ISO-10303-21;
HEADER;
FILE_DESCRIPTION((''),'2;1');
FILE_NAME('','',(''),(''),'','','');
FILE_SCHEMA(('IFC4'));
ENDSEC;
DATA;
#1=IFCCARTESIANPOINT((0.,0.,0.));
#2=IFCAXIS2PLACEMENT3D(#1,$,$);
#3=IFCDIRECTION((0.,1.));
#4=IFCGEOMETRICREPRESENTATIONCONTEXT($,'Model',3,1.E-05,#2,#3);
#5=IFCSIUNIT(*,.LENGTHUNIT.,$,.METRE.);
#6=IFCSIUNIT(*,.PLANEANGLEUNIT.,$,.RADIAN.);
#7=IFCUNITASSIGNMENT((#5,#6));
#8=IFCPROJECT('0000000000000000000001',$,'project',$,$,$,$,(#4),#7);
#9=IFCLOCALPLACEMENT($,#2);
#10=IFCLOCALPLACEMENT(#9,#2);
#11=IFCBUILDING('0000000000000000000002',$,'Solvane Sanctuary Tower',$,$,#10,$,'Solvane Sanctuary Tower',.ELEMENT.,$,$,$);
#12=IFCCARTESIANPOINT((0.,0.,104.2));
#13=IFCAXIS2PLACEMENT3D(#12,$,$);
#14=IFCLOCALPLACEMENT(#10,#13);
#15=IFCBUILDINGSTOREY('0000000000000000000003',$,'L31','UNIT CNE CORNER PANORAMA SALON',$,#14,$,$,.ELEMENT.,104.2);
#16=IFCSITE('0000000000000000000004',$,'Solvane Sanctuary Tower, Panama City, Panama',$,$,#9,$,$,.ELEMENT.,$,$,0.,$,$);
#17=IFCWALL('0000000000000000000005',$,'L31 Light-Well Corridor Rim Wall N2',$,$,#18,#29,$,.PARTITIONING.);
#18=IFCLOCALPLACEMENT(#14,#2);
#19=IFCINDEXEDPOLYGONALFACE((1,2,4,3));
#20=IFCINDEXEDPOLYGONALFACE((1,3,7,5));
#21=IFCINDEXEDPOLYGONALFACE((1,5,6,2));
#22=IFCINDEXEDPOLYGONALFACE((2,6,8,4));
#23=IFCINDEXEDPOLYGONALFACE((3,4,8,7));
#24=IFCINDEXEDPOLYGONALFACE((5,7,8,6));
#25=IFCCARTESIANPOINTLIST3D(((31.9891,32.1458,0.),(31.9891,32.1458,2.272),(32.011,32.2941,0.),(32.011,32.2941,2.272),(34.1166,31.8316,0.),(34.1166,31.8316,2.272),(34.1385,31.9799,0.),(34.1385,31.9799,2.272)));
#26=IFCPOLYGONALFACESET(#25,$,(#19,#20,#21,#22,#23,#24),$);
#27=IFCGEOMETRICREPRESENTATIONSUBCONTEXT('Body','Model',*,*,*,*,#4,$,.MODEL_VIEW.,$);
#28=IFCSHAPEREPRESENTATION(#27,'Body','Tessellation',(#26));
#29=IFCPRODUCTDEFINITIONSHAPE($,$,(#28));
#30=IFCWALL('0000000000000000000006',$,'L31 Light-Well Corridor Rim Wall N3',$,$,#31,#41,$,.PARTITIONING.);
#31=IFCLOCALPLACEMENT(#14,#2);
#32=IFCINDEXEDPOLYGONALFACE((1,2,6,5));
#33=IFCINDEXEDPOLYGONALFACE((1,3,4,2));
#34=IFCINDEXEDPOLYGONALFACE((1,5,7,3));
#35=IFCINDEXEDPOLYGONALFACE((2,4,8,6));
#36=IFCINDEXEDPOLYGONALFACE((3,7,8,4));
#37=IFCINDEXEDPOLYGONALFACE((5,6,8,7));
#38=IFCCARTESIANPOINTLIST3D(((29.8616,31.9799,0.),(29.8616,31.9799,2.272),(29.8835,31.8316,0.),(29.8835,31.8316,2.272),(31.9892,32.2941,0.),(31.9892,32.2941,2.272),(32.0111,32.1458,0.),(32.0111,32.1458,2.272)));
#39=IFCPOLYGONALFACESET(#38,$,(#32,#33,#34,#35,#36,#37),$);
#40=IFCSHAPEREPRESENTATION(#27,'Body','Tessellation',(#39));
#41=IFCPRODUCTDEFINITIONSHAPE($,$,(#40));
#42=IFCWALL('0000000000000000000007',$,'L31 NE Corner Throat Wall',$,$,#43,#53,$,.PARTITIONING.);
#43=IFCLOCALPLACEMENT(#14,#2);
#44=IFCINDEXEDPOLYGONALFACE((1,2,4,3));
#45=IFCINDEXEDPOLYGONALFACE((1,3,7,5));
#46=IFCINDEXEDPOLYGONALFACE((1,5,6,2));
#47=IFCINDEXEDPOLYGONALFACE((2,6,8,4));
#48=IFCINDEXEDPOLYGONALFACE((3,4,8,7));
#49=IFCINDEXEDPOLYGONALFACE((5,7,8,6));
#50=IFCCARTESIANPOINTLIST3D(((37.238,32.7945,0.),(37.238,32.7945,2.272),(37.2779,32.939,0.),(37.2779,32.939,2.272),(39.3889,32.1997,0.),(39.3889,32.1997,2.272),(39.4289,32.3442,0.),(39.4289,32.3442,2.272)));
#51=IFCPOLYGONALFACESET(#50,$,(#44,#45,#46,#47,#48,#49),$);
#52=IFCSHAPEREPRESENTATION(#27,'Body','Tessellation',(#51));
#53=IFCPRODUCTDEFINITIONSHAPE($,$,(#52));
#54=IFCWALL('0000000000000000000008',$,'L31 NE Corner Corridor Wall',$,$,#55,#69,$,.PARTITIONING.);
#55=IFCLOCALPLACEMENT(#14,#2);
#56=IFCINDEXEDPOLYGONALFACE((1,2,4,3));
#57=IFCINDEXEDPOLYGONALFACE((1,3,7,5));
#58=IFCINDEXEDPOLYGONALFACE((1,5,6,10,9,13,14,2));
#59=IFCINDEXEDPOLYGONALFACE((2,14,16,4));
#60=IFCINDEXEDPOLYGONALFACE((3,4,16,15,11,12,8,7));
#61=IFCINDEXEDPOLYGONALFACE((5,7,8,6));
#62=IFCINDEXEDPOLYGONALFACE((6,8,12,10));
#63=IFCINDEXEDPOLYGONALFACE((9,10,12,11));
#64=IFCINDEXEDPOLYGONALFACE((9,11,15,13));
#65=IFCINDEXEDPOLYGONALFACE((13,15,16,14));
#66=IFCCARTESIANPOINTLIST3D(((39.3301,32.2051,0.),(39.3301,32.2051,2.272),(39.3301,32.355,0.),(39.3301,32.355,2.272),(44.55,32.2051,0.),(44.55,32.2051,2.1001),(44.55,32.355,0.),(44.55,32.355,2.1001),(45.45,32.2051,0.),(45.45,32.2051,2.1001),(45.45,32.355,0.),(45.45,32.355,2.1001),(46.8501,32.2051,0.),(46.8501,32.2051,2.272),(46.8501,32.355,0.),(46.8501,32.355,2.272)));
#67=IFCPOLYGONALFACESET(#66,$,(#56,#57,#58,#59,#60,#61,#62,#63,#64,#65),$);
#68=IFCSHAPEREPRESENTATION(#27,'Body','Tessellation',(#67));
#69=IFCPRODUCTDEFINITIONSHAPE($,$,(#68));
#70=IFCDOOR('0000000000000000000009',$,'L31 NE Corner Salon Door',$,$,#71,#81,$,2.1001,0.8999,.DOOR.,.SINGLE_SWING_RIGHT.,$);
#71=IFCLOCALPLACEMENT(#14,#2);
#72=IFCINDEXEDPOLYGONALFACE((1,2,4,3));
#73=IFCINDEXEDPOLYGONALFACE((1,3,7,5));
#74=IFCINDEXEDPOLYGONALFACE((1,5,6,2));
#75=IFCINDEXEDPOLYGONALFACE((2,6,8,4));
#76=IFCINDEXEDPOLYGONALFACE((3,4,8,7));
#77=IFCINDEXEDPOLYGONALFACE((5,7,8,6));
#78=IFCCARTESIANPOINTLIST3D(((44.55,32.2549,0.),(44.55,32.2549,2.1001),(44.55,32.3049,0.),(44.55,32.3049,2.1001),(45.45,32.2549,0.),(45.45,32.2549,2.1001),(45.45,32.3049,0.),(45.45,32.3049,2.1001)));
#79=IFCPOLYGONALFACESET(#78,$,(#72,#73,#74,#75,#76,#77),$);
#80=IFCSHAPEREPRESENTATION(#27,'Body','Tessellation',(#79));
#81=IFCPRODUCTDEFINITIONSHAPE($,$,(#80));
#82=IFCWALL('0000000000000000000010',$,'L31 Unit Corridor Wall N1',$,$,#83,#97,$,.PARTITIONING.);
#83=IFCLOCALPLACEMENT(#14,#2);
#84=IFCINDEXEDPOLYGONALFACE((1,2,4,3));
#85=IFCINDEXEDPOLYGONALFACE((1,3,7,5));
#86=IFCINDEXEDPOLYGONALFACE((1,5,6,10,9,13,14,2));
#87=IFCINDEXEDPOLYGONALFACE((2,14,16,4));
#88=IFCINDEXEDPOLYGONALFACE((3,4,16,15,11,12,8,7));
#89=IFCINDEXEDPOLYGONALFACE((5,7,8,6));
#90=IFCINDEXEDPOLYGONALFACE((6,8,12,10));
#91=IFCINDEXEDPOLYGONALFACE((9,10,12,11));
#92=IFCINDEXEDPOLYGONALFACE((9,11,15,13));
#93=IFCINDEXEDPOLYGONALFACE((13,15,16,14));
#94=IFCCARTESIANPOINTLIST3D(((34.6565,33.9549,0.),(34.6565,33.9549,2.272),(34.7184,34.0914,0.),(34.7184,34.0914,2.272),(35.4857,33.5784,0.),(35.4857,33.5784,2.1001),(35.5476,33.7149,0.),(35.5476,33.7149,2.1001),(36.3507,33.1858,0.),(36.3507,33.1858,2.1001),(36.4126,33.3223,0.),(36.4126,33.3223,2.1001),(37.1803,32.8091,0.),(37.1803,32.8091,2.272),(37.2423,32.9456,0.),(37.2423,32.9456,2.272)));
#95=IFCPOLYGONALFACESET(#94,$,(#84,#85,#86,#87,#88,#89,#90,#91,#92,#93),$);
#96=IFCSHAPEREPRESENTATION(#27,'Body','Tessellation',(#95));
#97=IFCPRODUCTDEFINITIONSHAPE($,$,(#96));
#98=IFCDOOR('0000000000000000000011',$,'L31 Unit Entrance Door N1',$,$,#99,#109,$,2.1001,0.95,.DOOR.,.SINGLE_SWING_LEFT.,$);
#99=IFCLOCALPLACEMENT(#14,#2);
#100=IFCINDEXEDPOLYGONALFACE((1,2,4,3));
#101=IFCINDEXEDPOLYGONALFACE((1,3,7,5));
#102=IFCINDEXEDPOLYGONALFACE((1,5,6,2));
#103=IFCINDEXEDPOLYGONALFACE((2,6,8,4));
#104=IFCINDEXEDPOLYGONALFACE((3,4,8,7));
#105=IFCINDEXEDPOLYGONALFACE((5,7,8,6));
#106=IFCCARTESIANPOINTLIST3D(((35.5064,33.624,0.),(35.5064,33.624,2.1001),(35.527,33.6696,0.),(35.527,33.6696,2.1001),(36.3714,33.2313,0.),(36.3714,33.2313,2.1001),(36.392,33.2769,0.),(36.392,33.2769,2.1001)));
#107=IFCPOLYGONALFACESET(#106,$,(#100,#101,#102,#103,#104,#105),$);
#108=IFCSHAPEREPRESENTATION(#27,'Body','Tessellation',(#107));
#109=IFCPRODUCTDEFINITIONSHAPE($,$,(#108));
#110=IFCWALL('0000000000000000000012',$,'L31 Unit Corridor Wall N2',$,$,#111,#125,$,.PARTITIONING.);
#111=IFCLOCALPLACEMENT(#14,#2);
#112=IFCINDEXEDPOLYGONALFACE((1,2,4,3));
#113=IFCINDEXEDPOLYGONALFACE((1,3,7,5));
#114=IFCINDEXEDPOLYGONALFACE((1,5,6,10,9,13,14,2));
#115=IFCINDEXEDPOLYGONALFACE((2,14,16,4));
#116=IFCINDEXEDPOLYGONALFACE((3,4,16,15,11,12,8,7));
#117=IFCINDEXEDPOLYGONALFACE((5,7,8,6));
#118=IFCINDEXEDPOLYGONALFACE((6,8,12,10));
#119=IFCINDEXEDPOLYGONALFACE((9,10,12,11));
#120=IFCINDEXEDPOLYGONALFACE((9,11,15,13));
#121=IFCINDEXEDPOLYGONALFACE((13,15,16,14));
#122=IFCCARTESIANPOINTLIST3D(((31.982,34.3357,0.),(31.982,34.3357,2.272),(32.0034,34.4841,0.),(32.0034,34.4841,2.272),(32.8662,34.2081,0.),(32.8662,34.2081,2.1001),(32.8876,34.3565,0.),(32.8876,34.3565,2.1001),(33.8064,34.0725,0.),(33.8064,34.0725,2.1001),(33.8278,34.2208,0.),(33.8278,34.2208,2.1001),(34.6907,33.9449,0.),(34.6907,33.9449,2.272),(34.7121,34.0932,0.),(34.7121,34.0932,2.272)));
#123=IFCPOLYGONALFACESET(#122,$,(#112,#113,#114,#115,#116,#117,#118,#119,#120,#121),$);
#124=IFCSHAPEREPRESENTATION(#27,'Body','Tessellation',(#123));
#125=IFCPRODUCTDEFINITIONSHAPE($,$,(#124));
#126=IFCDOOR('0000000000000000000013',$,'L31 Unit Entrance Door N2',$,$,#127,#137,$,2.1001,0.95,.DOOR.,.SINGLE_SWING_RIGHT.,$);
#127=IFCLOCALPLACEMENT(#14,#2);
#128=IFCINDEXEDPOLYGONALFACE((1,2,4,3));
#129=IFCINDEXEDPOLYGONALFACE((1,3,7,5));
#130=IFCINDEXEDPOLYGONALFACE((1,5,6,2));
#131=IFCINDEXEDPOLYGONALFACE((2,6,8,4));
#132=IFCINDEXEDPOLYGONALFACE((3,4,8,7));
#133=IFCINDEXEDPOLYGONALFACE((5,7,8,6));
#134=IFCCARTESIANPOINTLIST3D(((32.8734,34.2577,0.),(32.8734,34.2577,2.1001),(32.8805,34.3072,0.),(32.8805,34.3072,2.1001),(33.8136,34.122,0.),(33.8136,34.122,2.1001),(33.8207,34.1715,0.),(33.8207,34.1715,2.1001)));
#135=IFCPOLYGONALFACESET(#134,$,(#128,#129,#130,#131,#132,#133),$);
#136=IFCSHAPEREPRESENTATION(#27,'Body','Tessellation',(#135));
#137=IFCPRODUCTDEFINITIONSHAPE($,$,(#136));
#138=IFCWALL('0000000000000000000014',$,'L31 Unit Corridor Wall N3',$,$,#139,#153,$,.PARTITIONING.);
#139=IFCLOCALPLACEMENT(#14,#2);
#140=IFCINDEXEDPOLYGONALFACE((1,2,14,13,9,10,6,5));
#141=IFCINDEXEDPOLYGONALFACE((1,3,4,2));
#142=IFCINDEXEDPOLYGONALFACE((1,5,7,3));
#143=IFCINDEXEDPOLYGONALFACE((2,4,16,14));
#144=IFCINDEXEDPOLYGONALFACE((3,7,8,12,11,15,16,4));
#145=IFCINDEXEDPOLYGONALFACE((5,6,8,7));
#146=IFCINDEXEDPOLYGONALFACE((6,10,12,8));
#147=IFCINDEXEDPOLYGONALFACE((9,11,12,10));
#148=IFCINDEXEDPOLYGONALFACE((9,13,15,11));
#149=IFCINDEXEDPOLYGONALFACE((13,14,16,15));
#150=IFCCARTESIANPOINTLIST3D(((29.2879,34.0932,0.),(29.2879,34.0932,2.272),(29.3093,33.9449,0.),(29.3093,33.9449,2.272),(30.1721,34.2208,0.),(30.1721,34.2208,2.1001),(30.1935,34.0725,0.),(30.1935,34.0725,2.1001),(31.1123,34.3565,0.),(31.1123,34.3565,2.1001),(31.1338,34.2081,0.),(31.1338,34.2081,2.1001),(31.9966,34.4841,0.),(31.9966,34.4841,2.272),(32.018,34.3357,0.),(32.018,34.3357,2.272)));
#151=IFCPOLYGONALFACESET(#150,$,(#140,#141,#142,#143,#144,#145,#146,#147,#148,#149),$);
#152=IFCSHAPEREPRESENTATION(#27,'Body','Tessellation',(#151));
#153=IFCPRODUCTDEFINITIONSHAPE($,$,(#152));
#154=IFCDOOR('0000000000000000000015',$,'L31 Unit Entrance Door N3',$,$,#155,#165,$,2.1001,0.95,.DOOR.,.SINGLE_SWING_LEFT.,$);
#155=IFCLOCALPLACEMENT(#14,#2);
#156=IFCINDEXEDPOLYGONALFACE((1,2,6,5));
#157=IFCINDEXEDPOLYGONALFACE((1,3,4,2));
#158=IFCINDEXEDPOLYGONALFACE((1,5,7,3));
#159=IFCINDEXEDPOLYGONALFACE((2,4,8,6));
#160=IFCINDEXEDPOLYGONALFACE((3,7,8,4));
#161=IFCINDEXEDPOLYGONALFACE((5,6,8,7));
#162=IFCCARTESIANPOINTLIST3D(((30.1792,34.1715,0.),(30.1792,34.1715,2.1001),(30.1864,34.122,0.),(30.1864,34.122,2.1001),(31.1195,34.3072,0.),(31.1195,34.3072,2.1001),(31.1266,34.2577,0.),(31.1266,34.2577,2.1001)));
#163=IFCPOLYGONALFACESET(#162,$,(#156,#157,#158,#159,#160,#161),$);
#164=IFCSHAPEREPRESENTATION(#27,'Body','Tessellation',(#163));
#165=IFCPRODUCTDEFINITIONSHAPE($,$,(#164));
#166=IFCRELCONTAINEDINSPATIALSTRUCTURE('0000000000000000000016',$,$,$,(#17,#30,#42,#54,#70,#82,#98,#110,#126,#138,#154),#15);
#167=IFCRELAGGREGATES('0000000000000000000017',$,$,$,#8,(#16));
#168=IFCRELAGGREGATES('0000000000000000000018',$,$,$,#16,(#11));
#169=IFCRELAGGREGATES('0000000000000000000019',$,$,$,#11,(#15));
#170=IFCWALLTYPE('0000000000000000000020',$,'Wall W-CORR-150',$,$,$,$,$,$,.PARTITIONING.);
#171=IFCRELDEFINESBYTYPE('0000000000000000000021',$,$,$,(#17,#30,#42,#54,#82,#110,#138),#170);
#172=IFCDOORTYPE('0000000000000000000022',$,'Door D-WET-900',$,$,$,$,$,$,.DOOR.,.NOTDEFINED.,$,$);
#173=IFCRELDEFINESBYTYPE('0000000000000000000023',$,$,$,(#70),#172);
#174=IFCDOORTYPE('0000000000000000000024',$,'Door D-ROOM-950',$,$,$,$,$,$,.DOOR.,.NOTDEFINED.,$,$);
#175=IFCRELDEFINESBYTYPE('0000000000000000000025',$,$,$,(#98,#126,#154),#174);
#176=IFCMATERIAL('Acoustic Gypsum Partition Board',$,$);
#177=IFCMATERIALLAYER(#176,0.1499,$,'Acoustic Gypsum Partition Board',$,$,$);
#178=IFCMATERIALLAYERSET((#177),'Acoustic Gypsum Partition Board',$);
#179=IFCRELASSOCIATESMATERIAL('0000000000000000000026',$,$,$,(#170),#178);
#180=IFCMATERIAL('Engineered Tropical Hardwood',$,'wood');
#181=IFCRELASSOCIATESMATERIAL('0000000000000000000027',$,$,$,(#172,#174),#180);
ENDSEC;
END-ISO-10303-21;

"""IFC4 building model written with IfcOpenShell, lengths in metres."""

from ifc_helpers import new_model, si_unit, direction, frame, frame_2d, origin, place, context, subcontext, project, spatial, rectangle, extrude, material, layer, layer_set, type_object, element, fill, save


model = new_model("IFC4")

# Units and contexts
model_context = context("Model", 3, precision=1e-05, world=origin(), true_north=direction((0.0, 1.0)))
body_context = subcontext(model_context, "Body", "Model", "MODEL_VIEW")
ifc_project = project(units=[si_unit("LENGTHUNIT", "METRE"), si_unit("PLANEANGLEUNIT", "RADIAN")], contexts=[model_context])

# Site, building, storey
site_placement = place(None, origin())
site = spatial("IfcSite", under=ifc_project, at=site_placement, Name="Solvane Sanctuary Tower, Panama City, Panama", CompositionType="ELEMENT", RefElevation=0.0)
building_placement = place(site_placement, origin())
building = spatial("IfcBuilding", under=site, at=building_placement, Name="Solvane Sanctuary Tower", LongName="Solvane Sanctuary Tower", CompositionType="ELEMENT")
storey_placement = place(building_placement, frame((0.0, 0.0, 104.2)))
storey = spatial("IfcBuildingStorey", under=building, at=storey_placement, Name="L31", Description="UNIT CNE CORNER PANORAMA SALON", CompositionType="ELEMENT", Elevation=104.2)

# Walls
ifc_material_1 = material(Name="Acoustic Gypsum Partition Board")
ifc_layer_1 = layer(ifc_material_1, 0.1499, Name="Acoustic Gypsum Partition Board")
ifc_layer_set_1 = layer_set([ifc_layer_1], Name="Acoustic Gypsum Partition Board")
wall_type_1 = type_object("IfcWallType", Name="Wall W-CORR-150", PredefinedType="PARTITIONING", material=ifc_layer_set_1)
for number, where, z_axis, x_axis, name in (
    (1, (34.1274, 31.9058, 0.0), (0.0, 0.0, 1.0), (-0.989269, 0.146108, 0.0), "L31 Light-Well Corridor Rim Wall N2"),
    (2, (32.0, 32.22, 0.0), (0.0, 0.0, 1.0), (-0.989269, -0.146108, 0.0), "L31 Light-Well Corridor Rim Wall N3"),
):
    element("IfcWall", number, at=place(storey_placement, frame(where, z_axis=z_axis, x_axis=x_axis)), inside=storey, type_object=wall_type_1, Name=name, PredefinedType="PARTITIONING", context=body_context, shape_type="SweptSolid", body=[
        extrude(rectangle(XDim=2.1506, YDim=0.1499, at=frame_2d((1.0752, 0.0))), origin(), (0.0, 0.0, 1.0), 2.272),
    ])
wall_1_placement = place(storey_placement, frame((37.2581, 32.8667, 0.0), z_axis=(0.0, 0.0, 1.0), x_axis=(0.963834, -0.266504, 0.0)))
element("IfcWall", 3, at=wall_1_placement, inside=storey, type_object=wall_type_1, Name="L31 NE Corner Throat Wall", PredefinedType="PARTITIONING", context=body_context, shape_type="SweptSolid", body=[
    extrude(rectangle(XDim=2.2317, YDim=0.1499, at=frame_2d((1.1157, 0.0))), origin(), (0.0, 0.0, 1.0), 2.272),
])

# Walls, openings, doors
wall_2_placement = place(storey_placement, frame((39.3301, 32.28, 0.0), z_axis=(0.0, 0.0, 1.0), x_axis=(1.0, 0.0, 0.0)))
wall_2 = element("IfcWall", 4, at=wall_2_placement, inside=storey, type_object=wall_type_1, Name="L31 NE Corner Corridor Wall", PredefinedType="PARTITIONING", context=body_context, shape_type="SweptSolid", body=[
    extrude(rectangle(XDim=7.52, YDim=0.1499, at=frame_2d((3.76, 0.0))), origin(), (0.0, 0.0, 1.0), 2.272),
])
opening_1_placement = place(wall_2_placement, frame((5.22, 0.0, 0.0)))
opening_1 = element("IfcOpeningElement", 5, at=opening_1_placement, cuts=wall_2, PredefinedType="OPENING", context=body_context, shape_type="SweptSolid", body=[
    extrude(rectangle(XDim=0.8999, YDim=2.1001, at=frame_2d((0.45, 1.05))), frame((0.0, 0.085, 0.0), z_axis=(0.0, -1.0, 0.0), x_axis=(1.0, 0.0, 0.0)), (0.0, 0.0, 1.0), 0.1699),
])
ifc_material_2 = material(Name="Engineered Tropical Hardwood", Category="wood")
door_type_1 = type_object("IfcDoorType", Name="Door D-WET-900", OperationType="NOTDEFINED", PredefinedType="DOOR", material=ifc_material_2)
door_1_placement = place(opening_1_placement, origin())
door_1 = element("IfcDoor", 6, at=door_1_placement, inside=storey, type_object=door_type_1, Name="L31 NE Corner Salon Door", OperationType="SINGLE_SWING_RIGHT", OverallHeight=2.1001, OverallWidth=0.8999, PredefinedType="DOOR", context=body_context, shape_type="SweptSolid", body=[
    extrude(rectangle(XDim=0.8999, YDim=2.1001, at=frame_2d((0.45, 1.05))), frame((0.0, 0.0249, 0.0), z_axis=(0.0, -1.0, 0.0), x_axis=(1.0, 0.0, 0.0)), (0.0, 0.0, 1.0), 0.05),
])
fill(opening_1, door_1)
wall_3_placement = place(storey_placement, frame((37.2112, 32.8774, 0.0), z_axis=(0.0, 0.0, 1.0), x_axis=(-0.910568, 0.413358, 0.0)))
wall_3 = element("IfcWall", 7, at=wall_3_placement, inside=storey, type_object=wall_type_1, Name="L31 Unit Corridor Wall N1", PredefinedType="PARTITIONING", context=body_context, shape_type="SweptSolid", body=[
    extrude(rectangle(XDim=2.7717, YDim=0.1499, at=frame_2d((1.3857, 0.0))), origin(), (0.0, 0.0, 1.0), 2.272),
])
opening_2_placement = place(wall_3_placement, frame((0.9109, 0.0, 0.0)))
opening_2 = element("IfcOpeningElement", 8, at=opening_2_placement, cuts=wall_3, PredefinedType="OPENING", context=body_context, shape_type="SweptSolid", body=[
    extrude(rectangle(XDim=0.95, YDim=2.1001, at=frame_2d((0.4751, 1.05))), frame((0.0, 0.085, 0.0), z_axis=(0.0, -1.0, 0.0), x_axis=(1.0, 0.0, 0.0)), (0.0, 0.0, 1.0), 0.1699),
])
door_type_2 = type_object("IfcDoorType", Name="Door D-ROOM-950", OperationType="NOTDEFINED", PredefinedType="DOOR", material=ifc_material_2)
door_2_placement = place(opening_2_placement, origin())
door_2 = element("IfcDoor", 9, at=door_2_placement, inside=storey, type_object=door_type_2, Name="L31 Unit Entrance Door N1", OperationType="SINGLE_SWING_LEFT", OverallHeight=2.1001, OverallWidth=0.95, PredefinedType="DOOR", context=body_context, shape_type="SweptSolid", body=[
    extrude(rectangle(XDim=0.95, YDim=2.1001, at=frame_2d((0.4751, 1.05))), frame((0.0, 0.0249, 0.0), z_axis=(0.0, -1.0, 0.0), x_axis=(1.0, 0.0, 0.0)), (0.0, 0.0, 1.0), 0.05),
])
fill(opening_2, door_2)
wall_4_placement = place(storey_placement, frame((34.7014, 34.019, 0.0), z_axis=(0.0, 0.0, 1.0), x_axis=(-0.989749, 0.14282, 0.0)))
wall_4 = element("IfcWall", 10, at=wall_4_placement, inside=storey, type_object=wall_type_1, Name="L31 Unit Corridor Wall N2", PredefinedType="PARTITIONING", context=body_context, shape_type="SweptSolid", body=[
    extrude(rectangle(XDim=2.7368, YDim=0.1499, at=frame_2d((1.3684, 0.0))), origin(), (0.0, 0.0, 1.0), 2.272),
])
opening_3_placement = place(wall_4_placement, frame((0.8933, 0.0, 0.0)))
opening_3 = element("IfcOpeningElement", 11, at=opening_3_placement, cuts=wall_4, PredefinedType="OPENING", context=body_context, shape_type="SweptSolid", body=[
    extrude(rectangle(XDim=0.95, YDim=2.1001, at=frame_2d((0.4751, 1.05))), frame((0.0, 0.085, 0.0), z_axis=(0.0, -1.0, 0.0), x_axis=(1.0, 0.0, 0.0)), (0.0, 0.0, 1.0), 0.1699),
])
door_3_placement = place(opening_3_placement, origin())
door_3 = element("IfcDoor", 12, at=door_3_placement, inside=storey, type_object=door_type_2, Name="L31 Unit Entrance Door N2", OperationType="SINGLE_SWING_RIGHT", OverallHeight=2.1001, OverallWidth=0.95, PredefinedType="DOOR", context=body_context, shape_type="SweptSolid", body=[
    extrude(rectangle(XDim=0.95, YDim=2.1001, at=frame_2d((0.4751, 1.05))), frame((0.0, 0.0249, 0.0), z_axis=(0.0, -1.0, 0.0), x_axis=(1.0, 0.0, 0.0)), (0.0, 0.0, 1.0), 0.05),
])
fill(opening_3, door_3)
wall_5_placement = place(storey_placement, frame((32.0073, 34.4099, 0.0), z_axis=(0.0, 0.0, 1.0), x_axis=(-0.989749, -0.14282, 0.0)))
wall_5 = element("IfcWall", 13, at=wall_5_placement, inside=storey, type_object=wall_type_1, Name="L31 Unit Corridor Wall N3", PredefinedType="PARTITIONING", context=body_context, shape_type="SweptSolid", body=[
    extrude(rectangle(XDim=2.7368, YDim=0.1499, at=frame_2d((1.3684, 0.0))), origin(), (0.0, 0.0, 1.0), 2.272),
])
opening_4_placement = place(wall_5_placement, frame((0.8933, 0.0, 0.0)))
opening_4 = element("IfcOpeningElement", 14, at=opening_4_placement, cuts=wall_5, PredefinedType="OPENING", context=body_context, shape_type="SweptSolid", body=[
    extrude(rectangle(XDim=0.95, YDim=2.1001, at=frame_2d((0.4751, 1.05))), frame((0.0, 0.085, 0.0), z_axis=(0.0, -1.0, 0.0), x_axis=(1.0, 0.0, 0.0)), (0.0, 0.0, 1.0), 0.1699),
])
door_4_placement = place(opening_4_placement, origin())
door_4 = element("IfcDoor", 15, at=door_4_placement, inside=storey, type_object=door_type_2, Name="L31 Unit Entrance Door N3", OperationType="SINGLE_SWING_LEFT", OverallHeight=2.1001, OverallWidth=0.95, PredefinedType="DOOR", context=body_context, shape_type="SweptSolid", body=[
    extrude(rectangle(XDim=0.95, YDim=2.1001, at=frame_2d((0.4751, 1.05))), frame((0.0, 0.0249, 0.0), z_axis=(0.0, -1.0, 0.0), x_axis=(1.0, 0.0, 0.0)), (0.0, 0.0, 1.0), 0.05),
])
fill(opening_4, door_4)

save(model, "model.ifc")
